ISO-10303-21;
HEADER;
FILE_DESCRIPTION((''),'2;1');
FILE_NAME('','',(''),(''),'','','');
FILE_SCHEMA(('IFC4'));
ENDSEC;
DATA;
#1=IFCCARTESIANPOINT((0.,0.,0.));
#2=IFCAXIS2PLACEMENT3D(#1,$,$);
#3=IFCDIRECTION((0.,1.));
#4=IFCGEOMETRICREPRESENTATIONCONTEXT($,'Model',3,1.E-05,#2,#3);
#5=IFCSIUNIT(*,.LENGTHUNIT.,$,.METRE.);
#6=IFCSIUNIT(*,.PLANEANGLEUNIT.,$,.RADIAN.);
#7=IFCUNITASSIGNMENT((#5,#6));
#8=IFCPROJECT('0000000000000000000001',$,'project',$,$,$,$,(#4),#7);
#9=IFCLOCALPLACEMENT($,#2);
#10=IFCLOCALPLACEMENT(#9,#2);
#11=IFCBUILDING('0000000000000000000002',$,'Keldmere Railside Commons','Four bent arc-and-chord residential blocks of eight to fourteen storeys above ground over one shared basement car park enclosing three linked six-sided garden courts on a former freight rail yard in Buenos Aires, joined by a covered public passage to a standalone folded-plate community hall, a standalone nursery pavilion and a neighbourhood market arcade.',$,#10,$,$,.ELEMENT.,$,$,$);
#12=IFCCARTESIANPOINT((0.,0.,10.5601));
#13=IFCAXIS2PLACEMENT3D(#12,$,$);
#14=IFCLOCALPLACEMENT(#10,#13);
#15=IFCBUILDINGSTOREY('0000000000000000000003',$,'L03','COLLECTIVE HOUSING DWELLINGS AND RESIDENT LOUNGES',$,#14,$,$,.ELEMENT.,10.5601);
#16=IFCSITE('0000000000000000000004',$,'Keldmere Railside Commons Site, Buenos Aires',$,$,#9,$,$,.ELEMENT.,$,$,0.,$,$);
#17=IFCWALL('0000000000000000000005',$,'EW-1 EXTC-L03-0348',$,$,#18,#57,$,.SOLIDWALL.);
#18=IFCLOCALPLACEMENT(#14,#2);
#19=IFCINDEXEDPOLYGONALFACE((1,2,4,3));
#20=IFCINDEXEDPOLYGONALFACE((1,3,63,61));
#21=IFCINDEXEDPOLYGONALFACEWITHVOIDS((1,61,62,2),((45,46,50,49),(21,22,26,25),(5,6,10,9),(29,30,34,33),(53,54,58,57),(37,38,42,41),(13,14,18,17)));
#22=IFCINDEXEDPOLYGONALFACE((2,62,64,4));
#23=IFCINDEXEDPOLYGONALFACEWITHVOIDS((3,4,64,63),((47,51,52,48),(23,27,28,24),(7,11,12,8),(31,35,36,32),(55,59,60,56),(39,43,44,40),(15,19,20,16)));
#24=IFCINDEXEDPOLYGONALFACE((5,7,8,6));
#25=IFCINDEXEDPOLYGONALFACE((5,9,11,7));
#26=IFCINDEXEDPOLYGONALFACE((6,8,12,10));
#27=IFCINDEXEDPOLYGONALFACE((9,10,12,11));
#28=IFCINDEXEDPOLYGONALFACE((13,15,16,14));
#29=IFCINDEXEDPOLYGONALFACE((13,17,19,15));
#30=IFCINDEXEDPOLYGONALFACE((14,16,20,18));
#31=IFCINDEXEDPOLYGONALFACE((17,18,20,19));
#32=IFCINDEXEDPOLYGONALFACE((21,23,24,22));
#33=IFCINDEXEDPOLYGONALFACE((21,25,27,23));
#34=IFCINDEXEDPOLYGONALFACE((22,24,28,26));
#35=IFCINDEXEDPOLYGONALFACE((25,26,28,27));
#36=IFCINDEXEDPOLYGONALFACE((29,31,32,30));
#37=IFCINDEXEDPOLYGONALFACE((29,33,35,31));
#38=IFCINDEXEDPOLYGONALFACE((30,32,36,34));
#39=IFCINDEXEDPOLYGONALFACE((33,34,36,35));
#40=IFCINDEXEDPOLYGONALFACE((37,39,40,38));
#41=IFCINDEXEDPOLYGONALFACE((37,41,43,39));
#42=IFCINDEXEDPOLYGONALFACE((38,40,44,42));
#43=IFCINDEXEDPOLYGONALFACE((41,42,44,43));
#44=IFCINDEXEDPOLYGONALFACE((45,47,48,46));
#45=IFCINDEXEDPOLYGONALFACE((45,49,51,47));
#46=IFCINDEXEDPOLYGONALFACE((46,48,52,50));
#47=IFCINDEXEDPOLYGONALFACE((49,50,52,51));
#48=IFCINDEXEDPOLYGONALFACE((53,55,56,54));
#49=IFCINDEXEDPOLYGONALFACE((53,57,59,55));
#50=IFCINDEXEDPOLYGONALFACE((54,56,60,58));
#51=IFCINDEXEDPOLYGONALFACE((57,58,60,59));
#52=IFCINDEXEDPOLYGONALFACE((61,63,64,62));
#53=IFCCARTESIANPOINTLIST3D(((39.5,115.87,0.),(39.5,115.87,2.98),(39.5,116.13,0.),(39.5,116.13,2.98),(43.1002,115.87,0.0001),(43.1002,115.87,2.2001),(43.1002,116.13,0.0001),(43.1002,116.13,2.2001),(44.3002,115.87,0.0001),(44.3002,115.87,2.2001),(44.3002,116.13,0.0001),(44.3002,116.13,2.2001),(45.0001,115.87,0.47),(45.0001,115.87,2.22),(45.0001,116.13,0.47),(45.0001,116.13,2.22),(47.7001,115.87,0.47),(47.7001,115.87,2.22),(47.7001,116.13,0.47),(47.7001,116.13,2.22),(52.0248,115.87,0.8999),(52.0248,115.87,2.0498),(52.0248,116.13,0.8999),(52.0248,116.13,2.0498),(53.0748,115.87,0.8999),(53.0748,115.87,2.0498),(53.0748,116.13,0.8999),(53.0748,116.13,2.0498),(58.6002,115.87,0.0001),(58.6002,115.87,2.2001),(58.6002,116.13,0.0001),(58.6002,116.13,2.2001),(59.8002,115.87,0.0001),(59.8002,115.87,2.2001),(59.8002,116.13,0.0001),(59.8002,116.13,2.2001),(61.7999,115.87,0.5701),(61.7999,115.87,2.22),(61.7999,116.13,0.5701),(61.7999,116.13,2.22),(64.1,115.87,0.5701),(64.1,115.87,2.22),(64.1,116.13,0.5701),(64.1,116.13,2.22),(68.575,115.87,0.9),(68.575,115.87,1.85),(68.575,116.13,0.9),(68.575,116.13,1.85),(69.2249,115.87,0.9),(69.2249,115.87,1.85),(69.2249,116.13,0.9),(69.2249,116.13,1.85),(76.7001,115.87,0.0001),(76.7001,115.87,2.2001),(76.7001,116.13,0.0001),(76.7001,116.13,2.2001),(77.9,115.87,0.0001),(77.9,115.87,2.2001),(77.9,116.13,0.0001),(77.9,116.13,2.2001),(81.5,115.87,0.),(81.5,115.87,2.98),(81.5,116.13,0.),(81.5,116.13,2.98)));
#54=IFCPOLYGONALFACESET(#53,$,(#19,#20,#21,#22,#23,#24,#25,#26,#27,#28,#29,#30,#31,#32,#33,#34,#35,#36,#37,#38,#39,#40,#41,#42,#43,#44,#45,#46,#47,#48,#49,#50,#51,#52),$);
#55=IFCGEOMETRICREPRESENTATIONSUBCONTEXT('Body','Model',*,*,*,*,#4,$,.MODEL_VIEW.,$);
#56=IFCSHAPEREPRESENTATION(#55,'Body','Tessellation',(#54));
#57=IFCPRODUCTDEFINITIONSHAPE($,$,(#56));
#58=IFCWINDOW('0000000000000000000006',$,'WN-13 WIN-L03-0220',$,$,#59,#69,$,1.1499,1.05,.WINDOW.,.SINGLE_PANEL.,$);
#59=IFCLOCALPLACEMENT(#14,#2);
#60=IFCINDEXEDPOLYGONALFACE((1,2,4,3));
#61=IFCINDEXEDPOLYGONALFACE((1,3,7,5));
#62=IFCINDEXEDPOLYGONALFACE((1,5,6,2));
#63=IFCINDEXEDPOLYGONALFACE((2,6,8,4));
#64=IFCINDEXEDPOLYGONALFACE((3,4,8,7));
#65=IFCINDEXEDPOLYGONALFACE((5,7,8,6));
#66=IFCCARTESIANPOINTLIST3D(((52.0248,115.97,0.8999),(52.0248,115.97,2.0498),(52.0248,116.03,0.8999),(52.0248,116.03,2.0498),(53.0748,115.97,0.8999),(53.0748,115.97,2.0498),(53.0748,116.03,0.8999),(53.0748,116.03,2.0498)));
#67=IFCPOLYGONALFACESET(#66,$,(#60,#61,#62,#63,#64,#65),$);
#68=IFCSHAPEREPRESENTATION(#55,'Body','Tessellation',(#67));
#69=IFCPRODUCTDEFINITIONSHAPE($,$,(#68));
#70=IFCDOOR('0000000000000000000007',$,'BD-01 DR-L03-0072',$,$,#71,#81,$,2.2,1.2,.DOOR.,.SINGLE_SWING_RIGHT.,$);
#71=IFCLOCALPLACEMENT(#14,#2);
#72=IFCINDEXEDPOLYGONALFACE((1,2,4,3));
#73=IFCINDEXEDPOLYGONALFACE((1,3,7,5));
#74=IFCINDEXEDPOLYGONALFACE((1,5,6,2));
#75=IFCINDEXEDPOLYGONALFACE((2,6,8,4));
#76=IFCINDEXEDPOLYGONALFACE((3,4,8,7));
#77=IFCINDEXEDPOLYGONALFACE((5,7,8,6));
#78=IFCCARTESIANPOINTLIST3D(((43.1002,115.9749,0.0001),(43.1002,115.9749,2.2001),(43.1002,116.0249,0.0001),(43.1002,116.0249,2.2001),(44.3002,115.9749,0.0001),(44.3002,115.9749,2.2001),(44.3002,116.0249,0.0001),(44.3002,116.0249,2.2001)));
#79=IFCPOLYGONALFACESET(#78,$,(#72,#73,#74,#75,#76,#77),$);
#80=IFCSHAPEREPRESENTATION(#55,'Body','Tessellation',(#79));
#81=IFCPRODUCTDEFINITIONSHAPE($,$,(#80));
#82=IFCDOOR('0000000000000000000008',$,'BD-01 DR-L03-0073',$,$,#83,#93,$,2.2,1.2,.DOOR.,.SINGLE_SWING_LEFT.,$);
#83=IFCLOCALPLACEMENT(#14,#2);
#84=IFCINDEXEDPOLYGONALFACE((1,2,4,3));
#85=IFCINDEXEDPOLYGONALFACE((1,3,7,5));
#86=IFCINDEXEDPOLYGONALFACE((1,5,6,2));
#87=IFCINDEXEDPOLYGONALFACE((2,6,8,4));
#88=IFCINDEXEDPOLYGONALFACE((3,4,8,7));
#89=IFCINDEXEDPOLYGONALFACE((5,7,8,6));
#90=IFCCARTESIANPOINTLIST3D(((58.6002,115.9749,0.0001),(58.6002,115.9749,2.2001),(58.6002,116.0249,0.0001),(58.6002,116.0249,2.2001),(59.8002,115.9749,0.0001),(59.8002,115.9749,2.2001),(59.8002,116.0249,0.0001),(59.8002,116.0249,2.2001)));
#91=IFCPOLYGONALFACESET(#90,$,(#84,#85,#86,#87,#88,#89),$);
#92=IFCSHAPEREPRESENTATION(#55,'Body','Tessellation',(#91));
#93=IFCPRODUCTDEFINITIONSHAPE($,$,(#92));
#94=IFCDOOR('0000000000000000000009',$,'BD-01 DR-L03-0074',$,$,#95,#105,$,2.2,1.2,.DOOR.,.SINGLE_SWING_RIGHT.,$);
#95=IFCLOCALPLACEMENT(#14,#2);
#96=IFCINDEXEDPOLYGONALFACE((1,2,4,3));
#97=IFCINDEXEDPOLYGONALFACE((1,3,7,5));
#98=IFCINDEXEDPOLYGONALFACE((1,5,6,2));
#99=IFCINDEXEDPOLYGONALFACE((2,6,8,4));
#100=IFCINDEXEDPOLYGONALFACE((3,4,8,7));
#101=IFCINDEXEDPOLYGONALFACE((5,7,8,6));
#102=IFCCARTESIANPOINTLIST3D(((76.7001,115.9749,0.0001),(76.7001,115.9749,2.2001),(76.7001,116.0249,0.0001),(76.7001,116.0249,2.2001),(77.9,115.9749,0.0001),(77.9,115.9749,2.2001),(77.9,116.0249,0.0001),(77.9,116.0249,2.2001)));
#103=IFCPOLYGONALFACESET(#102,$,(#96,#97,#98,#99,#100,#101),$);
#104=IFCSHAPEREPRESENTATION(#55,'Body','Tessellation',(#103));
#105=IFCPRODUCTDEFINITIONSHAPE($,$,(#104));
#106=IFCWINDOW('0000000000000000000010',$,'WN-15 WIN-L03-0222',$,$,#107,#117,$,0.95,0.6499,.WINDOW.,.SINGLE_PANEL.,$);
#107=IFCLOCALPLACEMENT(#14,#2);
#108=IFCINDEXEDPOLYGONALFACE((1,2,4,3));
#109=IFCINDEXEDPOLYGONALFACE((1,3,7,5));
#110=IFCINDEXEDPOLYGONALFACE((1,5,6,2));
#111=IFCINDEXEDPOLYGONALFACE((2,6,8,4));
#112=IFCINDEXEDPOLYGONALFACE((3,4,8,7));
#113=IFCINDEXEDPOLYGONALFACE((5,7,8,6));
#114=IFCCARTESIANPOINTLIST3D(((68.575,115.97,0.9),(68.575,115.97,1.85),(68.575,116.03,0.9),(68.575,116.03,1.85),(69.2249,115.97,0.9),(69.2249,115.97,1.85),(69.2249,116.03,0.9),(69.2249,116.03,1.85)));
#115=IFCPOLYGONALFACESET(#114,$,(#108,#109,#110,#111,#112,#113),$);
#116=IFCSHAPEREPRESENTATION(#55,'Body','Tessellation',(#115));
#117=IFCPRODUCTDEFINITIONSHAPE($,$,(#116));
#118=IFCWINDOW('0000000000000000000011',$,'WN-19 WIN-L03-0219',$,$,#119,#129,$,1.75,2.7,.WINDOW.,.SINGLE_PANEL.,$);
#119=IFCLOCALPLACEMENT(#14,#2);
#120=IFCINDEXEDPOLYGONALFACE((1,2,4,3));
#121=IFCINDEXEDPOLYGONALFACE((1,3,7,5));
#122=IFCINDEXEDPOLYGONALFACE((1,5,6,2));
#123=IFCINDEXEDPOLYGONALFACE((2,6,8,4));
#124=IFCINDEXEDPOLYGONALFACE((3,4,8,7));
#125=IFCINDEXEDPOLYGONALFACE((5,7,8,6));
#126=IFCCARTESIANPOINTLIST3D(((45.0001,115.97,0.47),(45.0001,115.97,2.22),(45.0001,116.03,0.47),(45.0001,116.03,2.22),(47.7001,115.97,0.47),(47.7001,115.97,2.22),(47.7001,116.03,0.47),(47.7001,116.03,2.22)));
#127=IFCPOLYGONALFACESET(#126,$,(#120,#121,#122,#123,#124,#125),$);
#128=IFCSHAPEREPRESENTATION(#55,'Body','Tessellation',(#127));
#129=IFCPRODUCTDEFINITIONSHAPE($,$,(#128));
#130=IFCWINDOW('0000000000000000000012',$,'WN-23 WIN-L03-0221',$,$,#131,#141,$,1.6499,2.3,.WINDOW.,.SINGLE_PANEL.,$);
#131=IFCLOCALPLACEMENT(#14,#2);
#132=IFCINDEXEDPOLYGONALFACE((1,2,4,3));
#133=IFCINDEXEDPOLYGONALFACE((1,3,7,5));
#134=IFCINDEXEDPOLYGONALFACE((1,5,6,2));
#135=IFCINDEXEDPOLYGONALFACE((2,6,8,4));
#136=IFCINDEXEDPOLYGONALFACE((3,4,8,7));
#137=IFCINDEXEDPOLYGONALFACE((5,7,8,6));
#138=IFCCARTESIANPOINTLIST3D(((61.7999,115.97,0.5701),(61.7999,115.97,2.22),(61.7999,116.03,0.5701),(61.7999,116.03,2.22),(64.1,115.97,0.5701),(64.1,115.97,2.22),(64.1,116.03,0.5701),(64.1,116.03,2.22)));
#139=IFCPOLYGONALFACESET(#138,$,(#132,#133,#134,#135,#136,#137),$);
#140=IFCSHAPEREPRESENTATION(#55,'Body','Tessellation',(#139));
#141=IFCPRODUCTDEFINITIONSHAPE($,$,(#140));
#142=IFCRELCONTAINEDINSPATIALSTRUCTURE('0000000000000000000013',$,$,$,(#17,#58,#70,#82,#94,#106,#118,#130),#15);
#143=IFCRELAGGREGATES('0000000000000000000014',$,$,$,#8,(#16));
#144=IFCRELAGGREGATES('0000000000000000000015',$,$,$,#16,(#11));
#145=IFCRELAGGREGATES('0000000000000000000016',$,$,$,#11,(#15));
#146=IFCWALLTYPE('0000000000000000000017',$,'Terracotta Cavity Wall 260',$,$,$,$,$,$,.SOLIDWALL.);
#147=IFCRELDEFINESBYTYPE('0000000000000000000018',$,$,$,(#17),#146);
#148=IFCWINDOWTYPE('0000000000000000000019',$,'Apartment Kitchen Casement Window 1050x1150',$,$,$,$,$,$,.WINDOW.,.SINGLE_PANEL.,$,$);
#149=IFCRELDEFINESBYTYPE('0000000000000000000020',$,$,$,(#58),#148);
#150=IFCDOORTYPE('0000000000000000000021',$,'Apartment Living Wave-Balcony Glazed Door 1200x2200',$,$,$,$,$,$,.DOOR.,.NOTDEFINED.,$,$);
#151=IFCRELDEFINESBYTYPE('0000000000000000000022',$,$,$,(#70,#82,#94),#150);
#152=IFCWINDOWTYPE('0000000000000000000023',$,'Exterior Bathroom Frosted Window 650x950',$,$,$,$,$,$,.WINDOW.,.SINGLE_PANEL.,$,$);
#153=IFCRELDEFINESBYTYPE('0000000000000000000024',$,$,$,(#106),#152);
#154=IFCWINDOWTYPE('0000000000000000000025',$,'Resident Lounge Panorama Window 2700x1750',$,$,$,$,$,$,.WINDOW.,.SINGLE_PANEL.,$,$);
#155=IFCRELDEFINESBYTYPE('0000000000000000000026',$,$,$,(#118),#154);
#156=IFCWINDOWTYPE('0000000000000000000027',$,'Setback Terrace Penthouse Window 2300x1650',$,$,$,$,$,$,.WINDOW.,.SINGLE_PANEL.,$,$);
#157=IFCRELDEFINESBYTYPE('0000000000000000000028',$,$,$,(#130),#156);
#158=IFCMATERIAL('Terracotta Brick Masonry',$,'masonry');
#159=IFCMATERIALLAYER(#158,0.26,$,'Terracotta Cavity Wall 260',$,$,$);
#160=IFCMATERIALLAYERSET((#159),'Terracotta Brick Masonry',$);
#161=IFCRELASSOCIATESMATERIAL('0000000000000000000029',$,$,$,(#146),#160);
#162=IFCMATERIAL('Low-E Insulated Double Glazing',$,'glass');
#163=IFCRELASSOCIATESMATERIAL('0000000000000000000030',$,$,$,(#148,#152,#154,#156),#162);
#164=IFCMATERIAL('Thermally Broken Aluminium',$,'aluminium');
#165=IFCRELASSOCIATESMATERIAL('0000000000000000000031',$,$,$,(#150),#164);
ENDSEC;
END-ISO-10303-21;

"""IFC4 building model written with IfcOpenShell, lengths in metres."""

from ifc_helpers import new_model, si_unit, direction, frame, frame_2d, origin, place, context, subcontext, project, spatial, rectangle, extrude, material, layer, layer_set, type_object, element, fill, save


model = new_model("IFC4")

# Units and contexts
model_context = context("Model", 3, precision=1e-05, world=origin(), true_north=direction((0.0, 1.0)))
body_context = subcontext(model_context, "Body", "Model", "MODEL_VIEW")
ifc_project = project(units=[si_unit("LENGTHUNIT", "METRE"), si_unit("PLANEANGLEUNIT", "RADIAN")], contexts=[model_context])

# Site, building, storey
site_placement = place(None, origin())
site = spatial("IfcSite", under=ifc_project, at=site_placement, Name="Keldmere Railside Commons Site, Buenos Aires", CompositionType="ELEMENT", RefElevation=0.0)
building_placement = place(site_placement, origin())
building = spatial("IfcBuilding", under=site, at=building_placement, Name="Keldmere Railside Commons", Description="Four bent arc-and-chord residential blocks of eight to fourteen storeys above ground over one shared basement car park enclosing three linked six-sided garden courts on a former freight rail yard in Buenos Aires, joined by a covered public passage to a standalone folded-plate community hall, a standalone nursery pavilion and a neighbourhood market arcade.", CompositionType="ELEMENT")
storey_placement = place(building_placement, frame((0.0, 0.0, 10.5601)))
storey = spatial("IfcBuildingStorey", under=building, at=storey_placement, Name="L03", Description="COLLECTIVE HOUSING DWELLINGS AND RESIDENT LOUNGES", CompositionType="ELEMENT", Elevation=10.5601)

# Wall, openings, windows, doors
ifc_material_1 = material(Name="Terracotta Brick Masonry", Category="masonry")
ifc_layer_1 = layer(ifc_material_1, 0.26, Name="Terracotta Cavity Wall 260")
ifc_layer_set_1 = layer_set([ifc_layer_1], Name="Terracotta Brick Masonry")
wall_type_1 = type_object("IfcWallType", Name="Terracotta Cavity Wall 260", PredefinedType="SOLIDWALL", material=ifc_layer_set_1)
wall_1_placement = place(storey_placement, frame((39.5, 116.0, 0.0), z_axis=(0.0, 0.0, 1.0), x_axis=(1.0, 0.0, 0.0)))
wall_1 = element("IfcWall", 1, at=wall_1_placement, inside=storey, type_object=wall_type_1, Name="EW-1 EXTC-L03-0348", PredefinedType="SOLIDWALL", context=body_context, shape_type="SweptSolid", body=[
    extrude(rectangle(XDim=42.0, YDim=0.26, at=frame_2d((21.0, 0.0))), origin(), (0.0, 0.0, 1.0), 2.98),
])
opening_1_placement = place(wall_1_placement, frame((3.6001, 0.0, 0.0)))
opening_1 = element("IfcOpeningElement", 2, at=opening_1_placement, cuts=wall_1, PredefinedType="OPENING", context=body_context, shape_type="SweptSolid", body=[
    extrude(rectangle(XDim=1.2, YDim=2.2, at=frame_2d((0.6001, 1.1001))), frame((0.0, 0.1399, 0.0), z_axis=(0.0, -1.0, 0.0), x_axis=(1.0, 0.0, 0.0)), (0.0, 0.0, 1.0), 0.28),
])
opening_2_placement = place(wall_1_placement, frame((5.5, 0.0, 0.47)))
opening_2 = element("IfcOpeningElement", 3, at=opening_2_placement, cuts=wall_1, PredefinedType="OPENING", context=body_context, shape_type="SweptSolid", body=[
    extrude(rectangle(XDim=2.7, YDim=1.75, at=frame_2d((1.3501, 0.875))), frame((0.0, 0.1399, 0.0), z_axis=(0.0, -1.0, 0.0), x_axis=(1.0, 0.0, 0.0)), (0.0, 0.0, 1.0), 0.28),
])
opening_3_placement = place(wall_1_placement, frame((12.5249, 0.0, 0.8999)))
opening_3 = element("IfcOpeningElement", 4, at=opening_3_placement, cuts=wall_1, PredefinedType="OPENING", context=body_context, shape_type="SweptSolid", body=[
    extrude(rectangle(XDim=1.05, YDim=1.1499, at=frame_2d((0.5249, 0.575))), frame((0.0, 0.1399, 0.0), z_axis=(0.0, -1.0, 0.0), x_axis=(1.0, 0.0, 0.0)), (0.0, 0.0, 1.0), 0.28),
])
opening_4_placement = place(wall_1_placement, frame((19.1001, 0.0, 0.0)))
opening_4 = element("IfcOpeningElement", 5, at=opening_4_placement, cuts=wall_1, PredefinedType="OPENING", context=body_context, shape_type="SweptSolid", body=[
    extrude(rectangle(XDim=1.2, YDim=2.2, at=frame_2d((0.6001, 1.1001))), frame((0.0, 0.1399, 0.0), z_axis=(0.0, -1.0, 0.0), x_axis=(1.0, 0.0, 0.0)), (0.0, 0.0, 1.0), 0.28),
])
opening_5_placement = place(wall_1_placement, frame((22.3, 0.0, 0.5701)))
opening_5 = element("IfcOpeningElement", 6, at=opening_5_placement, cuts=wall_1, PredefinedType="OPENING", context=body_context, shape_type="SweptSolid", body=[
    extrude(rectangle(XDim=2.3, YDim=1.6499, at=frame_2d((1.1499, 0.825))), frame((0.0, 0.1399, 0.0), z_axis=(0.0, -1.0, 0.0), x_axis=(1.0, 0.0, 0.0)), (0.0, 0.0, 1.0), 0.28),
])
opening_6_placement = place(wall_1_placement, frame((29.075, 0.0, 0.8999)))
opening_6 = element("IfcOpeningElement", 7, at=opening_6_placement, cuts=wall_1, PredefinedType="OPENING", context=body_context, shape_type="SweptSolid", body=[
    extrude(rectangle(XDim=0.6499, YDim=0.95, at=frame_2d((0.325, 0.4751))), frame((0.0, 0.1399, 0.0), z_axis=(0.0, -1.0, 0.0), x_axis=(1.0, 0.0, 0.0)), (0.0, 0.0, 1.0), 0.28),
])
opening_7_placement = place(wall_1_placement, frame((37.2, 0.0, 0.0)))
opening_7 = element("IfcOpeningElement", 8, at=opening_7_placement, cuts=wall_1, PredefinedType="OPENING", context=body_context, shape_type="SweptSolid", body=[
    extrude(rectangle(XDim=1.2, YDim=2.2, at=frame_2d((0.6001, 1.1001))), frame((0.0, 0.1399, 0.0), z_axis=(0.0, -1.0, 0.0), x_axis=(1.0, 0.0, 0.0)), (0.0, 0.0, 1.0), 0.28),
])
ifc_material_2 = material(Name="Low-E Insulated Double Glazing", Category="glass")
window_type_1 = type_object("IfcWindowType", Name="Apartment Kitchen Casement Window 1050x1150", PartitioningType="SINGLE_PANEL", PredefinedType="WINDOW", material=ifc_material_2)
window_1_placement = place(opening_3_placement, origin())
window_1 = element("IfcWindow", 9, at=window_1_placement, inside=storey, type_object=window_type_1, Name="WN-13 WIN-L03-0220", OverallHeight=1.1499, OverallWidth=1.05, PartitioningType="SINGLE_PANEL", PredefinedType="WINDOW", context=body_context, shape_type="SweptSolid", body=[
    extrude(rectangle(XDim=1.05, YDim=1.1499, at=frame_2d((0.5249, 0.575))), frame((0.0, 0.03, 0.0), z_axis=(0.0, -1.0, 0.0), x_axis=(1.0, 0.0, 0.0)), (0.0, 0.0, 1.0), 0.0601),
])
fill(opening_3, window_1)
ifc_material_3 = material(Name="Thermally Broken Aluminium", Category="aluminium")
door_type_1 = type_object("IfcDoorType", Name="Apartment Living Wave-Balcony Glazed Door 1200x2200", OperationType="NOTDEFINED", PredefinedType="DOOR", material=ifc_material_3)
door_1_placement = place(opening_1_placement, origin())
door_1 = element("IfcDoor", 10, at=door_1_placement, inside=storey, type_object=door_type_1, Name="BD-01 DR-L03-0072", OperationType="SINGLE_SWING_RIGHT", OverallHeight=2.2, OverallWidth=1.2, PredefinedType="DOOR", context=body_context, shape_type="SweptSolid", body=[
    extrude(rectangle(XDim=1.2, YDim=2.2, at=frame_2d((0.6001, 1.1001))), frame((0.0, 0.0249, 0.0), z_axis=(0.0, -1.0, 0.0), x_axis=(1.0, 0.0, 0.0)), (0.0, 0.0, 1.0), 0.05),
])
fill(opening_1, door_1)
door_2_placement = place(opening_4_placement, origin())
door_2 = element("IfcDoor", 11, at=door_2_placement, inside=storey, type_object=door_type_1, Name="BD-01 DR-L03-0073", OperationType="SINGLE_SWING_LEFT", OverallHeight=2.2, OverallWidth=1.2, PredefinedType="DOOR", context=body_context, shape_type="SweptSolid", body=[
    extrude(rectangle(XDim=1.2, YDim=2.2, at=frame_2d((0.6001, 1.1001))), frame((0.0, 0.0249, 0.0), z_axis=(0.0, -1.0, 0.0), x_axis=(1.0, 0.0, 0.0)), (0.0, 0.0, 1.0), 0.05),
])
fill(opening_4, door_2)
door_3_placement = place(opening_7_placement, origin())
door_3 = element("IfcDoor", 12, at=door_3_placement, inside=storey, type_object=door_type_1, Name="BD-01 DR-L03-0074", OperationType="SINGLE_SWING_RIGHT", OverallHeight=2.2, OverallWidth=1.2, PredefinedType="DOOR", context=body_context, shape_type="SweptSolid", body=[
    extrude(rectangle(XDim=1.2, YDim=2.2, at=frame_2d((0.6001, 1.1001))), frame((0.0, 0.0249, 0.0), z_axis=(0.0, -1.0, 0.0), x_axis=(1.0, 0.0, 0.0)), (0.0, 0.0, 1.0), 0.05),
])
fill(opening_7, door_3)
window_type_2 = type_object("IfcWindowType", Name="Exterior Bathroom Frosted Window 650x950", PartitioningType="SINGLE_PANEL", PredefinedType="WINDOW", material=ifc_material_2)
window_2_placement = place(opening_6_placement, origin())
window_2 = element("IfcWindow", 13, at=window_2_placement, inside=storey, type_object=window_type_2, Name="WN-15 WIN-L03-0222", OverallHeight=0.95, OverallWidth=0.6499, PartitioningType="SINGLE_PANEL", PredefinedType="WINDOW", context=body_context, shape_type="SweptSolid", body=[
    extrude(rectangle(XDim=0.6499, YDim=0.95, at=frame_2d((0.325, 0.4751))), frame((0.0, 0.03, 0.0), z_axis=(0.0, -1.0, 0.0), x_axis=(1.0, 0.0, 0.0)), (0.0, 0.0, 1.0), 0.0601),
])
fill(opening_6, window_2)
window_type_3 = type_object("IfcWindowType", Name="Resident Lounge Panorama Window 2700x1750", PartitioningType="SINGLE_PANEL", PredefinedType="WINDOW", material=ifc_material_2)
window_3_placement = place(opening_2_placement, origin())
window_3 = element("IfcWindow", 14, at=window_3_placement, inside=storey, type_object=window_type_3, Name="WN-19 WIN-L03-0219", OverallHeight=1.75, OverallWidth=2.7, PartitioningType="SINGLE_PANEL", PredefinedType="WINDOW", context=body_context, shape_type="SweptSolid", body=[
    extrude(rectangle(XDim=2.7, YDim=1.75, at=frame_2d((1.3501, 0.875))), frame((0.0, 0.03, 0.0), z_axis=(0.0, -1.0, 0.0), x_axis=(1.0, 0.0, 0.0)), (0.0, 0.0, 1.0), 0.0601),
])
fill(opening_2, window_3)
window_type_4 = type_object("IfcWindowType", Name="Setback Terrace Penthouse Window 2300x1650", PartitioningType="SINGLE_PANEL", PredefinedType="WINDOW", material=ifc_material_2)
window_4_placement = place(opening_5_placement, origin())
window_4 = element("IfcWindow", 15, at=window_4_placement, inside=storey, type_object=window_type_4, Name="WN-23 WIN-L03-0221", OverallHeight=1.6499, OverallWidth=2.3, PartitioningType="SINGLE_PANEL", PredefinedType="WINDOW", context=body_context, shape_type="SweptSolid", body=[
    extrude(rectangle(XDim=2.3, YDim=1.6499, at=frame_2d((1.1499, 0.825))), frame((0.0, 0.03, 0.0), z_axis=(0.0, -1.0, 0.0), x_axis=(1.0, 0.0, 0.0)), (0.0, 0.0, 1.0), 0.0601),
])
fill(opening_5, window_4)

save(model, "model.ifc")
